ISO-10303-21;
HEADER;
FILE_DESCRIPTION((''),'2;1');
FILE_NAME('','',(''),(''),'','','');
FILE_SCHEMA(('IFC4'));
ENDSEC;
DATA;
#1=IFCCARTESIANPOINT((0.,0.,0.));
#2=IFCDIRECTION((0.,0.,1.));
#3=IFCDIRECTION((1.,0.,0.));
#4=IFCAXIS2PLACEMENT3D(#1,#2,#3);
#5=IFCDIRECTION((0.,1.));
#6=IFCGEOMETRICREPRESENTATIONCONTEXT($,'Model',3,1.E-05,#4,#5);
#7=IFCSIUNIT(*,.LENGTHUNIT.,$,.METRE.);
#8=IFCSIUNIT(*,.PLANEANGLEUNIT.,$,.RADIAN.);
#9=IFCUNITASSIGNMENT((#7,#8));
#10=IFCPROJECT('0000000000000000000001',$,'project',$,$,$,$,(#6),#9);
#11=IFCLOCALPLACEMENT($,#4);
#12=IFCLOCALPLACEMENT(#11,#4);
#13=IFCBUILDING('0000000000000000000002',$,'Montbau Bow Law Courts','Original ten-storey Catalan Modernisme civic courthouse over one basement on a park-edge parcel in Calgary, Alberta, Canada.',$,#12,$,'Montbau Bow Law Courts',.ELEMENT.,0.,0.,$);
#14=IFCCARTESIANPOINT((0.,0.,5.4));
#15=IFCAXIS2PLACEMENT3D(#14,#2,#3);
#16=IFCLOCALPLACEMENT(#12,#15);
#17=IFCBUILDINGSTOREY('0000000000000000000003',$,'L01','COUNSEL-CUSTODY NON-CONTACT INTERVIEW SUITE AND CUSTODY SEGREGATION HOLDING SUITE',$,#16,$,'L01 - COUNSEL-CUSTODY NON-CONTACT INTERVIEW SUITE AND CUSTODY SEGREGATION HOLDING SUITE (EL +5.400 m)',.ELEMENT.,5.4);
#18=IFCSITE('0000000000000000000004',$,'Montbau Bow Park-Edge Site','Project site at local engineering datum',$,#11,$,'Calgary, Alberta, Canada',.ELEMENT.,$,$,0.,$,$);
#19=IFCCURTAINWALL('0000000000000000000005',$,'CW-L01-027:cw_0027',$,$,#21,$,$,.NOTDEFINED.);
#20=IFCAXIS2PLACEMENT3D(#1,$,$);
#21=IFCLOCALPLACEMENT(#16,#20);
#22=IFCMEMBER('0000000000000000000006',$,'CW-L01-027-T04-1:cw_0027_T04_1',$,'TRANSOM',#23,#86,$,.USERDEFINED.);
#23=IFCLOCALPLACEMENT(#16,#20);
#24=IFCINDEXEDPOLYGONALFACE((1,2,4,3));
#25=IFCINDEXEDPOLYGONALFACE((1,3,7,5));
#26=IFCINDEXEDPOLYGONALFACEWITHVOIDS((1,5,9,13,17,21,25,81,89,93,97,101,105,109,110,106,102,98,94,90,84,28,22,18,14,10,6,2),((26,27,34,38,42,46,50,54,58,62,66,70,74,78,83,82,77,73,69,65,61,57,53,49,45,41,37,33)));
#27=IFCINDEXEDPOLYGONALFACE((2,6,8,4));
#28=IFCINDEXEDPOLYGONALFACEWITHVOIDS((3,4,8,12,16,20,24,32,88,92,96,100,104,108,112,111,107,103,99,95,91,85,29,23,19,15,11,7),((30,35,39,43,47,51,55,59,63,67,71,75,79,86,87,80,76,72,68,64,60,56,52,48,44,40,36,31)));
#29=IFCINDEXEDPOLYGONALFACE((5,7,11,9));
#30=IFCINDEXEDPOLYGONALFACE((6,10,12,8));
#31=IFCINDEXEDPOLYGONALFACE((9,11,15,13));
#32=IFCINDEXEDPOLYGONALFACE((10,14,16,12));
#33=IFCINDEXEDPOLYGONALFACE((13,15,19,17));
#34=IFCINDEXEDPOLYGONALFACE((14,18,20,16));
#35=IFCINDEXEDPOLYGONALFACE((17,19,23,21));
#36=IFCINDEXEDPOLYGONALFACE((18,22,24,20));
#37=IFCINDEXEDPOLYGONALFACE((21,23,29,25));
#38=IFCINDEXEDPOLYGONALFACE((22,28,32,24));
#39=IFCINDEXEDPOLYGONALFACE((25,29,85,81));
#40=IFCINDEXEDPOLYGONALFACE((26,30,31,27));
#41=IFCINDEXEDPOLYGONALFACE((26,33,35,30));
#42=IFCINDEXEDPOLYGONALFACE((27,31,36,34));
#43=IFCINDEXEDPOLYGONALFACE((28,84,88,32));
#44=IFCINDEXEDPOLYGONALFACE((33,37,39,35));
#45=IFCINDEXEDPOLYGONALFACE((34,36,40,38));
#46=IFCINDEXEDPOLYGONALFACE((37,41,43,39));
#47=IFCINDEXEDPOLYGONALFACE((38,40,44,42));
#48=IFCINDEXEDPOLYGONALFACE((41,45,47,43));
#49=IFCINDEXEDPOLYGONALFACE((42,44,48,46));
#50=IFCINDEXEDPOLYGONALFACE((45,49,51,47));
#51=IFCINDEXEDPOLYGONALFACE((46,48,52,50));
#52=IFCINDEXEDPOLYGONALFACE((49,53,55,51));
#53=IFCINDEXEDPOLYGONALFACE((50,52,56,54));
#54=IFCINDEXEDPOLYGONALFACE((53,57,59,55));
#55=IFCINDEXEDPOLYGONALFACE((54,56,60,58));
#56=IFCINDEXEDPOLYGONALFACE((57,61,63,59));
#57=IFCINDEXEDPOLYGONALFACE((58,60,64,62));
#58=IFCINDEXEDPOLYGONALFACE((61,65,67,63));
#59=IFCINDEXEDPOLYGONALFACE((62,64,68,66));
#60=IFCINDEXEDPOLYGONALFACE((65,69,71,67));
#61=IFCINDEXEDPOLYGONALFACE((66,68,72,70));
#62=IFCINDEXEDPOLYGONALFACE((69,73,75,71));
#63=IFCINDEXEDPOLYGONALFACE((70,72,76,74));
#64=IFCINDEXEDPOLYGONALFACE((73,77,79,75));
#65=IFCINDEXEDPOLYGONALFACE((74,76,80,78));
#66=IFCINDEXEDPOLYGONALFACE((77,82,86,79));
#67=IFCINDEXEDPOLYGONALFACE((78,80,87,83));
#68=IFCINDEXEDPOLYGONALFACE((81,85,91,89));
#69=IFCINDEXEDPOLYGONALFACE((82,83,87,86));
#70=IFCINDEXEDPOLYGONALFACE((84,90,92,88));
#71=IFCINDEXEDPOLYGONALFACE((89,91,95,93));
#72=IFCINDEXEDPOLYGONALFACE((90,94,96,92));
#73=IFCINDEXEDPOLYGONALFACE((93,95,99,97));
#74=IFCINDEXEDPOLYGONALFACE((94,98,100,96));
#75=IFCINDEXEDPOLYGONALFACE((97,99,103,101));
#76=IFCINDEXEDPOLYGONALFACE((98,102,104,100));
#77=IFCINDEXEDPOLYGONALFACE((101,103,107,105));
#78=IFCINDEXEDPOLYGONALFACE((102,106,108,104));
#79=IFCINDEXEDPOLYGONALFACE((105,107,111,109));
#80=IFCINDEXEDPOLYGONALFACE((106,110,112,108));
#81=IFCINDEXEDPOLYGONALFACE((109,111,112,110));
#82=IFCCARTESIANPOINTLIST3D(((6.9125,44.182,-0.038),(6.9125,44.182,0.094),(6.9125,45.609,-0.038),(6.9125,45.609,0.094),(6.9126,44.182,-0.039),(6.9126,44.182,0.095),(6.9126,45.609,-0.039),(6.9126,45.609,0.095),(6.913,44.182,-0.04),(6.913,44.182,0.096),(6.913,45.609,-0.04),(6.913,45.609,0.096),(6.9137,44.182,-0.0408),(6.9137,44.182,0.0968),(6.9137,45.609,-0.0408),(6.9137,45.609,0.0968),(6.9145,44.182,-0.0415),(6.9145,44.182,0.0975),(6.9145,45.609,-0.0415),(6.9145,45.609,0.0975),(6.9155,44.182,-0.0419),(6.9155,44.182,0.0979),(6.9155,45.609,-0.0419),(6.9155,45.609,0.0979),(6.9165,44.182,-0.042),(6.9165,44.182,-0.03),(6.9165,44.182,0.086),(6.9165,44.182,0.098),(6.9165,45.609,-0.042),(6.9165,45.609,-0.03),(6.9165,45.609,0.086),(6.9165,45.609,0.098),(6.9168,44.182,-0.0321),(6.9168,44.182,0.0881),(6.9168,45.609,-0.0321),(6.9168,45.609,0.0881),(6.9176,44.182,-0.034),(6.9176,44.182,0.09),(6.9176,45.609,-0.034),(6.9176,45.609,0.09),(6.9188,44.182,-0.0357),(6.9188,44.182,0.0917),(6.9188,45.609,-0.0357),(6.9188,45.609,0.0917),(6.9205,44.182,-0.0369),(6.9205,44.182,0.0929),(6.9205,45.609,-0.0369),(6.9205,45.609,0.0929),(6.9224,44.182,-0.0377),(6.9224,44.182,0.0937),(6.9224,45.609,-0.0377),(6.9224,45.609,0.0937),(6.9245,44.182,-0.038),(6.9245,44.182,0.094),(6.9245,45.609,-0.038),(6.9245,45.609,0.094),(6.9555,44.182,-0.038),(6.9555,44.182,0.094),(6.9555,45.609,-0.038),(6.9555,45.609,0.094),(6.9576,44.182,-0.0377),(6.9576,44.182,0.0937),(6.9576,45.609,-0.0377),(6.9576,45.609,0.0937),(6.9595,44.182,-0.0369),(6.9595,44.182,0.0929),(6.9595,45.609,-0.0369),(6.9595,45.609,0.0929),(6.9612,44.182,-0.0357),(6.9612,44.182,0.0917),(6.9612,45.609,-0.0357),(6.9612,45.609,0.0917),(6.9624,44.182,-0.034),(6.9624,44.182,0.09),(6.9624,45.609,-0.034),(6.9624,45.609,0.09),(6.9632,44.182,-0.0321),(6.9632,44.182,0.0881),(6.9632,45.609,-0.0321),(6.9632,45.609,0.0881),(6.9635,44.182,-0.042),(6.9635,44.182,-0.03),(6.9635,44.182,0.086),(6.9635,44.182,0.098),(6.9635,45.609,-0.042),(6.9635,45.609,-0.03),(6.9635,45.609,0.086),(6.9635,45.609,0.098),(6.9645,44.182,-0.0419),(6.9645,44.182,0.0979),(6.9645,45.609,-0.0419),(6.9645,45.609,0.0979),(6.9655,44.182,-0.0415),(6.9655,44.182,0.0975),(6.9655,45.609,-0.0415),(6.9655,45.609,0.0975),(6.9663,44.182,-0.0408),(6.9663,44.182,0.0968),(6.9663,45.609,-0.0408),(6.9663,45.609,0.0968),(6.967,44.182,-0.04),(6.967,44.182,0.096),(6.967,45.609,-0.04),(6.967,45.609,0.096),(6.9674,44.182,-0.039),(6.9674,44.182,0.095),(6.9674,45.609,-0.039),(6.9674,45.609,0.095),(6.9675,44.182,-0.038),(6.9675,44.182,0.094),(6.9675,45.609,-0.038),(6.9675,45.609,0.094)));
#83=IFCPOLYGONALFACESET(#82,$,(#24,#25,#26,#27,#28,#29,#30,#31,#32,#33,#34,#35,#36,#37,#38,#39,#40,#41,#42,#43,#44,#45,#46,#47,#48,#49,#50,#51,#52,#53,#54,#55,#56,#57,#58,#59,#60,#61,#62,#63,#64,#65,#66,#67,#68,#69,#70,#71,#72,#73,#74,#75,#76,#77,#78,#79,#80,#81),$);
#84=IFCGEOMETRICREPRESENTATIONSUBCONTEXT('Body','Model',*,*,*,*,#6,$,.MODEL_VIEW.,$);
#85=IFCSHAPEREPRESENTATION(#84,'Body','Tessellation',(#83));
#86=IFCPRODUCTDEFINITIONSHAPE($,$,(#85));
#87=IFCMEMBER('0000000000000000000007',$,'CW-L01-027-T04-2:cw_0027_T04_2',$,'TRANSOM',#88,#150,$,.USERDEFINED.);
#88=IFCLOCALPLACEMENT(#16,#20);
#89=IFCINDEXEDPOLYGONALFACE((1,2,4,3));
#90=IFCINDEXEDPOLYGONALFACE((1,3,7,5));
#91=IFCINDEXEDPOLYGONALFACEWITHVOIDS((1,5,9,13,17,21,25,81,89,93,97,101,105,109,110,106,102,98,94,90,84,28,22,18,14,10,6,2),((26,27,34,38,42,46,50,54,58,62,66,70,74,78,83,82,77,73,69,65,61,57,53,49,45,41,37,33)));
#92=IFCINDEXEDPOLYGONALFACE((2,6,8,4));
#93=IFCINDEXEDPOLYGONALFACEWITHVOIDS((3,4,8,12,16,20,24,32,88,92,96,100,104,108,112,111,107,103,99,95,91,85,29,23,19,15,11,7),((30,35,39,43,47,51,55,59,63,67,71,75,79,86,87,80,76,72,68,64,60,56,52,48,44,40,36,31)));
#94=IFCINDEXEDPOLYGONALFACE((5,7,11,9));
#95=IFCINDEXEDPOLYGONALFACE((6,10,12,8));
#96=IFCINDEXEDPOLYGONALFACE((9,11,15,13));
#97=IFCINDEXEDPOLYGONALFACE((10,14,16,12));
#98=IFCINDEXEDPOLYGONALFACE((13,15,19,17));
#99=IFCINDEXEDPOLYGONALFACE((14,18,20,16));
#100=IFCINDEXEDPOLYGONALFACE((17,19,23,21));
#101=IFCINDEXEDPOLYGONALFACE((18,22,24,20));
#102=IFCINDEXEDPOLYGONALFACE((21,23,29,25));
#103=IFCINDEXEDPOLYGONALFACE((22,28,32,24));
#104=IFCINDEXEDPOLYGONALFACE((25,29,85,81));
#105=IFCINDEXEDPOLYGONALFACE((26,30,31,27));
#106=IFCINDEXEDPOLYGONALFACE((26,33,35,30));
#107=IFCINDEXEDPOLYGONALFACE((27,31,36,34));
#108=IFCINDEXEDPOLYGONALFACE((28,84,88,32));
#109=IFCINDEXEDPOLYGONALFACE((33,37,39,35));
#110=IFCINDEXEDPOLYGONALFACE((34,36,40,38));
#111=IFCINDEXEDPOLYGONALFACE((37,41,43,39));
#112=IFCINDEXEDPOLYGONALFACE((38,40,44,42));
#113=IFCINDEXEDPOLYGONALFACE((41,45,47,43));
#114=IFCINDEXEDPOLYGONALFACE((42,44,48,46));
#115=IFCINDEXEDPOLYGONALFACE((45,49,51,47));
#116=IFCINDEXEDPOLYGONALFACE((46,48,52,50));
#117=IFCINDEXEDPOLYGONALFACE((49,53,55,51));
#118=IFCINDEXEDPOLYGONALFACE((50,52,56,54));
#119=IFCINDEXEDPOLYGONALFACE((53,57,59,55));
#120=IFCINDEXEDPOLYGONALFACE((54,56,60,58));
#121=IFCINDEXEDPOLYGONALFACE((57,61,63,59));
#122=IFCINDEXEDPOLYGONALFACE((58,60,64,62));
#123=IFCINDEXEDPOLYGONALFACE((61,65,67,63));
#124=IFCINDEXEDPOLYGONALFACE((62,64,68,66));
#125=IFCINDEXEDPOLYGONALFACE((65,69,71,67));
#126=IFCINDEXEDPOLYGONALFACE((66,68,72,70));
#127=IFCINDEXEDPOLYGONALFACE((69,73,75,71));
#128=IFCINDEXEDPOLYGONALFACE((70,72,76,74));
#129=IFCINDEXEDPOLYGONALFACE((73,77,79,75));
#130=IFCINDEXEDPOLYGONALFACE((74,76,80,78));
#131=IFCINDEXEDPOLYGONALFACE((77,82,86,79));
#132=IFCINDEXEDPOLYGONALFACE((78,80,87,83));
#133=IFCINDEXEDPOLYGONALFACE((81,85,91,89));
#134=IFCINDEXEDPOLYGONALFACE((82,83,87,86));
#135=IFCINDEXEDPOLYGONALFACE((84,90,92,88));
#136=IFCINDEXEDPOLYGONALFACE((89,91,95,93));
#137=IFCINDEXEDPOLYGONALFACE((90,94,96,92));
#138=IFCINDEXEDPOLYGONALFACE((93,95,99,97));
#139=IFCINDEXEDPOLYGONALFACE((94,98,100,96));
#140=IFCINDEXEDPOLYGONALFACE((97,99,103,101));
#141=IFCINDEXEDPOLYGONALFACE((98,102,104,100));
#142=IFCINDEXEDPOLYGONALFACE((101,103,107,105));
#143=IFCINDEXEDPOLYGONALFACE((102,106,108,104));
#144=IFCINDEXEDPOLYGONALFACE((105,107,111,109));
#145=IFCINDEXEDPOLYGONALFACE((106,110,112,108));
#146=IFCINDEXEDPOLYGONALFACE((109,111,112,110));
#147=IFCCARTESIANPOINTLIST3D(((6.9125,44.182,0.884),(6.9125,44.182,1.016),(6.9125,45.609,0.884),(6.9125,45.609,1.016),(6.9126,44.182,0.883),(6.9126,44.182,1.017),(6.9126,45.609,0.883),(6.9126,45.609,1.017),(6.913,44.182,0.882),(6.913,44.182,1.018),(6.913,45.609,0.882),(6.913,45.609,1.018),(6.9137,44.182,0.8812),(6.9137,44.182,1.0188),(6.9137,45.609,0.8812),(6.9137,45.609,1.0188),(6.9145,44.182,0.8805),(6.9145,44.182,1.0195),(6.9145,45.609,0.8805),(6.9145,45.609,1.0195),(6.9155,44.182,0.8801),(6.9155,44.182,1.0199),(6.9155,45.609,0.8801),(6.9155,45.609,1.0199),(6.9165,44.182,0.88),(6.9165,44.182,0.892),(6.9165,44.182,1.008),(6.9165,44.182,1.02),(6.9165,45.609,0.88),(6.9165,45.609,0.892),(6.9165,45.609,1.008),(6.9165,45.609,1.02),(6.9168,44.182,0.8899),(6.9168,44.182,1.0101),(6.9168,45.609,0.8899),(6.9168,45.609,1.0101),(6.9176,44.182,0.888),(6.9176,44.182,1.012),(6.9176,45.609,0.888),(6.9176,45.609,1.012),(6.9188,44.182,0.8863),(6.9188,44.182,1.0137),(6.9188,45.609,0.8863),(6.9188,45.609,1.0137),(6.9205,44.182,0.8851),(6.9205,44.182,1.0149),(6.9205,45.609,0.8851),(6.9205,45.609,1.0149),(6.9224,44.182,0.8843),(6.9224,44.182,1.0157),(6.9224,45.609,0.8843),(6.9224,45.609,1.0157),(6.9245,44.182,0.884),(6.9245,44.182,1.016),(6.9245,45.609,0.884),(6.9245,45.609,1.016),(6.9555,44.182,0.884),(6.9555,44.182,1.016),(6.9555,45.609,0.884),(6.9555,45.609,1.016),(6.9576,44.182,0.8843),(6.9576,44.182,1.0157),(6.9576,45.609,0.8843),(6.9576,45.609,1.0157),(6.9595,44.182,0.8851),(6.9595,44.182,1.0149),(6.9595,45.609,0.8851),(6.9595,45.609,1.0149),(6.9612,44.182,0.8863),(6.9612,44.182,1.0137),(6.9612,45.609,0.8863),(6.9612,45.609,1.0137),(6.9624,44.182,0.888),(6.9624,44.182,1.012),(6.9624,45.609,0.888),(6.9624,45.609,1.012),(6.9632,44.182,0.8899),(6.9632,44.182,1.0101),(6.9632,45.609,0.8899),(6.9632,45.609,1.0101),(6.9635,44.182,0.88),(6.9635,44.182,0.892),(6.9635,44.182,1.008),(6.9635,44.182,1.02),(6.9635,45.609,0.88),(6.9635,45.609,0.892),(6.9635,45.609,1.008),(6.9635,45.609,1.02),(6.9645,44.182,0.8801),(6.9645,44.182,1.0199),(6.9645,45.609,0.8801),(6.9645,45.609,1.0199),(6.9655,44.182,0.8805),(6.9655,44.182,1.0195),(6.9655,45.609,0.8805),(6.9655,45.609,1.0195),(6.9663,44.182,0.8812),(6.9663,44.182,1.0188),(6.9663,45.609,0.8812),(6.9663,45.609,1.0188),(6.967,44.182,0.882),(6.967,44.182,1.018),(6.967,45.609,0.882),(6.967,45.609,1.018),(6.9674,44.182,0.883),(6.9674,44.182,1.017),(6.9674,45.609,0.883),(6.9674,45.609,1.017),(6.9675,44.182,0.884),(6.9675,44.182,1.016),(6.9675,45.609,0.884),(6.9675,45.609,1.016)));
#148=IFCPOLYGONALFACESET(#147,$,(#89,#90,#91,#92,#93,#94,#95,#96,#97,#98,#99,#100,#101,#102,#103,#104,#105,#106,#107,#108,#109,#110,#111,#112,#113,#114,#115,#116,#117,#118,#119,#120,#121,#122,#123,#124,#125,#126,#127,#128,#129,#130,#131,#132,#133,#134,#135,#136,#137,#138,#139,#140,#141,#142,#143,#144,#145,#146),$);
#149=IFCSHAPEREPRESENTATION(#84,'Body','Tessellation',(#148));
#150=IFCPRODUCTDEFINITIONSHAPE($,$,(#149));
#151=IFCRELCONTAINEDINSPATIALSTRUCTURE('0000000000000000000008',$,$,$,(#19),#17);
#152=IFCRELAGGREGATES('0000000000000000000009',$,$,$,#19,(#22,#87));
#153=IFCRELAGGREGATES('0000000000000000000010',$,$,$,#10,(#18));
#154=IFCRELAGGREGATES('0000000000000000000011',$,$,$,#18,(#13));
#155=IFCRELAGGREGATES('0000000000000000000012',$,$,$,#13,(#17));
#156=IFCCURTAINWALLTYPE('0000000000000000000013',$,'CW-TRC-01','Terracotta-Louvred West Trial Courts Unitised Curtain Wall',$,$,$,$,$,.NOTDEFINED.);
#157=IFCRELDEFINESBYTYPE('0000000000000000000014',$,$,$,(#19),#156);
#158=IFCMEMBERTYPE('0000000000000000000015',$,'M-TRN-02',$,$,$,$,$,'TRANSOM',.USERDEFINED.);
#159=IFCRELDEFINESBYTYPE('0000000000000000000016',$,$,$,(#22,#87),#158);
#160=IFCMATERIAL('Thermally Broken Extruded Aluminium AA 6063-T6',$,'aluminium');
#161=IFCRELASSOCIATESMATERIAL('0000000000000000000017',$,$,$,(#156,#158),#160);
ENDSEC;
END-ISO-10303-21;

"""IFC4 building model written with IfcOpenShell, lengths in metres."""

from ifc_helpers import new_model, si_unit, direction, frame, origin_with_axes, origin_2d_with_axis, place, context, subcontext, project, spatial, hollow_rectangle, extrude, material, material_profile, profile_set, type_object, element, aggregate, save


model = new_model("IFC4")

# Units and contexts
model_context = context("Model", 3, precision=1e-05, world=origin_with_axes(), true_north=direction((0.0, 1.0)))
body_context = subcontext(model_context, "Body", "Model", "MODEL_VIEW")
ifc_project = project(units=[si_unit("LENGTHUNIT", "METRE"), si_unit("PLANEANGLEUNIT", "RADIAN")], contexts=[model_context])

# Site, building, storey
site_placement = place(None, origin_with_axes())
site = spatial("IfcSite", under=ifc_project, at=site_placement, Name="Montbau Bow Park-Edge Site", Description="Project site at local engineering datum", LongName="Calgary, Alberta, Canada", CompositionType="ELEMENT", RefElevation=0.0)
building_placement = place(site_placement, origin_with_axes())
building = spatial("IfcBuilding", under=site, at=building_placement, Name="Montbau Bow Law Courts", Description="Original ten-storey Catalan Modernisme civic courthouse over one basement on a park-edge parcel in Calgary, Alberta, Canada.", LongName="Montbau Bow Law Courts", CompositionType="ELEMENT", ElevationOfRefHeight=0.0, ElevationOfTerrain=0.0)
storey_placement = place(building_placement, frame((0.0, 0.0, 5.4), z_axis=(0.0, 0.0, 1.0), x_axis=(1.0, 0.0, 0.0)))
storey = spatial("IfcBuildingStorey", under=building, at=storey_placement, Name="L01", Description="COUNSEL-CUSTODY NON-CONTACT INTERVIEW SUITE AND CUSTODY SEGREGATION HOLDING SUITE", LongName="L01 - COUNSEL-CUSTODY NON-CONTACT INTERVIEW SUITE AND CUSTODY SEGREGATION HOLDING SUITE (EL +5.400 m)", CompositionType="ELEMENT", Elevation=5.4)

# Curtain wall, members
ifc_material_1 = material(Name="Thermally Broken Extruded Aluminium AA 6063-T6", Category="aluminium")
curtain_wall_type = type_object("IfcCurtainWallType", Name="CW-TRC-01", Description="Terracotta-Louvred West Trial Courts Unitised Curtain Wall", PredefinedType="NOTDEFINED", material=ifc_material_1)
curtain_wall_placement = place(None, frame((6.94, 39.515, 5.4), z_axis=(0.0, 0.0, 1.0), x_axis=(1.0, 0.0, 0.0)))
curtain_wall = element("IfcCurtainWall", 1, at=curtain_wall_placement, inside=storey, type_object=curtain_wall_type, Name="CW-L01-027:cw_0027", PredefinedType="NOTDEFINED")
ifc_material_profile_1 = material_profile(ifc_material_1, hollow_rectangle(XDim=0.055, YDim=0.14, WallThickness=0.004, InnerFilletRadius=0.008, OuterFilletRadius=0.004, at=origin_2d_with_axis()), Name="CWT-140X55", Category="Main", Priority=0)
ifc_profile_set_1 = profile_set([ifc_material_profile_1], Name="Thermally Broken Extruded Aluminium AA 6063-T6")
member_type_1 = type_object("IfcMemberType", Name="M-TRN-02", ElementType="TRANSOM", PredefinedType="USERDEFINED", material=ifc_profile_set_1)
member_1_placement = place(None, frame((6.94, 44.182, 5.428), z_axis=(0.0, 1.0, 0.0), x_axis=(-1.0, 0.0, 0.0)))
member_1 = element("IfcMember", 2, at=member_1_placement, type_object=member_type_1, Name="CW-L01-027-T04-1:cw_0027_T04_1", ObjectType="TRANSOM", PredefinedType="USERDEFINED", context=body_context, shape_type="SweptSolid", body=[
    extrude(hollow_rectangle(XDim=0.055, YDim=0.14, WallThickness=0.004, InnerFilletRadius=0.008, OuterFilletRadius=0.004, at=origin_2d_with_axis()), origin_with_axes(), (0.0, 0.0, 1.0), 1.427),
])
member_2_placement = place(None, frame((6.94, 44.182, 6.35), z_axis=(0.0, 1.0, 0.0), x_axis=(-1.0, 0.0, 0.0)))
member_2 = element("IfcMember", 3, at=member_2_placement, type_object=member_type_1, Name="CW-L01-027-T04-2:cw_0027_T04_2", ObjectType="TRANSOM", PredefinedType="USERDEFINED", context=body_context, shape_type="SweptSolid", body=[
    extrude(hollow_rectangle(XDim=0.055, YDim=0.14, WallThickness=0.004, InnerFilletRadius=0.008, OuterFilletRadius=0.004, at=origin_2d_with_axis()), origin_with_axes(), (0.0, 0.0, 1.0), 1.427),
])
aggregate(curtain_wall, [member_1, member_2])

save(model, "model.ifc")
